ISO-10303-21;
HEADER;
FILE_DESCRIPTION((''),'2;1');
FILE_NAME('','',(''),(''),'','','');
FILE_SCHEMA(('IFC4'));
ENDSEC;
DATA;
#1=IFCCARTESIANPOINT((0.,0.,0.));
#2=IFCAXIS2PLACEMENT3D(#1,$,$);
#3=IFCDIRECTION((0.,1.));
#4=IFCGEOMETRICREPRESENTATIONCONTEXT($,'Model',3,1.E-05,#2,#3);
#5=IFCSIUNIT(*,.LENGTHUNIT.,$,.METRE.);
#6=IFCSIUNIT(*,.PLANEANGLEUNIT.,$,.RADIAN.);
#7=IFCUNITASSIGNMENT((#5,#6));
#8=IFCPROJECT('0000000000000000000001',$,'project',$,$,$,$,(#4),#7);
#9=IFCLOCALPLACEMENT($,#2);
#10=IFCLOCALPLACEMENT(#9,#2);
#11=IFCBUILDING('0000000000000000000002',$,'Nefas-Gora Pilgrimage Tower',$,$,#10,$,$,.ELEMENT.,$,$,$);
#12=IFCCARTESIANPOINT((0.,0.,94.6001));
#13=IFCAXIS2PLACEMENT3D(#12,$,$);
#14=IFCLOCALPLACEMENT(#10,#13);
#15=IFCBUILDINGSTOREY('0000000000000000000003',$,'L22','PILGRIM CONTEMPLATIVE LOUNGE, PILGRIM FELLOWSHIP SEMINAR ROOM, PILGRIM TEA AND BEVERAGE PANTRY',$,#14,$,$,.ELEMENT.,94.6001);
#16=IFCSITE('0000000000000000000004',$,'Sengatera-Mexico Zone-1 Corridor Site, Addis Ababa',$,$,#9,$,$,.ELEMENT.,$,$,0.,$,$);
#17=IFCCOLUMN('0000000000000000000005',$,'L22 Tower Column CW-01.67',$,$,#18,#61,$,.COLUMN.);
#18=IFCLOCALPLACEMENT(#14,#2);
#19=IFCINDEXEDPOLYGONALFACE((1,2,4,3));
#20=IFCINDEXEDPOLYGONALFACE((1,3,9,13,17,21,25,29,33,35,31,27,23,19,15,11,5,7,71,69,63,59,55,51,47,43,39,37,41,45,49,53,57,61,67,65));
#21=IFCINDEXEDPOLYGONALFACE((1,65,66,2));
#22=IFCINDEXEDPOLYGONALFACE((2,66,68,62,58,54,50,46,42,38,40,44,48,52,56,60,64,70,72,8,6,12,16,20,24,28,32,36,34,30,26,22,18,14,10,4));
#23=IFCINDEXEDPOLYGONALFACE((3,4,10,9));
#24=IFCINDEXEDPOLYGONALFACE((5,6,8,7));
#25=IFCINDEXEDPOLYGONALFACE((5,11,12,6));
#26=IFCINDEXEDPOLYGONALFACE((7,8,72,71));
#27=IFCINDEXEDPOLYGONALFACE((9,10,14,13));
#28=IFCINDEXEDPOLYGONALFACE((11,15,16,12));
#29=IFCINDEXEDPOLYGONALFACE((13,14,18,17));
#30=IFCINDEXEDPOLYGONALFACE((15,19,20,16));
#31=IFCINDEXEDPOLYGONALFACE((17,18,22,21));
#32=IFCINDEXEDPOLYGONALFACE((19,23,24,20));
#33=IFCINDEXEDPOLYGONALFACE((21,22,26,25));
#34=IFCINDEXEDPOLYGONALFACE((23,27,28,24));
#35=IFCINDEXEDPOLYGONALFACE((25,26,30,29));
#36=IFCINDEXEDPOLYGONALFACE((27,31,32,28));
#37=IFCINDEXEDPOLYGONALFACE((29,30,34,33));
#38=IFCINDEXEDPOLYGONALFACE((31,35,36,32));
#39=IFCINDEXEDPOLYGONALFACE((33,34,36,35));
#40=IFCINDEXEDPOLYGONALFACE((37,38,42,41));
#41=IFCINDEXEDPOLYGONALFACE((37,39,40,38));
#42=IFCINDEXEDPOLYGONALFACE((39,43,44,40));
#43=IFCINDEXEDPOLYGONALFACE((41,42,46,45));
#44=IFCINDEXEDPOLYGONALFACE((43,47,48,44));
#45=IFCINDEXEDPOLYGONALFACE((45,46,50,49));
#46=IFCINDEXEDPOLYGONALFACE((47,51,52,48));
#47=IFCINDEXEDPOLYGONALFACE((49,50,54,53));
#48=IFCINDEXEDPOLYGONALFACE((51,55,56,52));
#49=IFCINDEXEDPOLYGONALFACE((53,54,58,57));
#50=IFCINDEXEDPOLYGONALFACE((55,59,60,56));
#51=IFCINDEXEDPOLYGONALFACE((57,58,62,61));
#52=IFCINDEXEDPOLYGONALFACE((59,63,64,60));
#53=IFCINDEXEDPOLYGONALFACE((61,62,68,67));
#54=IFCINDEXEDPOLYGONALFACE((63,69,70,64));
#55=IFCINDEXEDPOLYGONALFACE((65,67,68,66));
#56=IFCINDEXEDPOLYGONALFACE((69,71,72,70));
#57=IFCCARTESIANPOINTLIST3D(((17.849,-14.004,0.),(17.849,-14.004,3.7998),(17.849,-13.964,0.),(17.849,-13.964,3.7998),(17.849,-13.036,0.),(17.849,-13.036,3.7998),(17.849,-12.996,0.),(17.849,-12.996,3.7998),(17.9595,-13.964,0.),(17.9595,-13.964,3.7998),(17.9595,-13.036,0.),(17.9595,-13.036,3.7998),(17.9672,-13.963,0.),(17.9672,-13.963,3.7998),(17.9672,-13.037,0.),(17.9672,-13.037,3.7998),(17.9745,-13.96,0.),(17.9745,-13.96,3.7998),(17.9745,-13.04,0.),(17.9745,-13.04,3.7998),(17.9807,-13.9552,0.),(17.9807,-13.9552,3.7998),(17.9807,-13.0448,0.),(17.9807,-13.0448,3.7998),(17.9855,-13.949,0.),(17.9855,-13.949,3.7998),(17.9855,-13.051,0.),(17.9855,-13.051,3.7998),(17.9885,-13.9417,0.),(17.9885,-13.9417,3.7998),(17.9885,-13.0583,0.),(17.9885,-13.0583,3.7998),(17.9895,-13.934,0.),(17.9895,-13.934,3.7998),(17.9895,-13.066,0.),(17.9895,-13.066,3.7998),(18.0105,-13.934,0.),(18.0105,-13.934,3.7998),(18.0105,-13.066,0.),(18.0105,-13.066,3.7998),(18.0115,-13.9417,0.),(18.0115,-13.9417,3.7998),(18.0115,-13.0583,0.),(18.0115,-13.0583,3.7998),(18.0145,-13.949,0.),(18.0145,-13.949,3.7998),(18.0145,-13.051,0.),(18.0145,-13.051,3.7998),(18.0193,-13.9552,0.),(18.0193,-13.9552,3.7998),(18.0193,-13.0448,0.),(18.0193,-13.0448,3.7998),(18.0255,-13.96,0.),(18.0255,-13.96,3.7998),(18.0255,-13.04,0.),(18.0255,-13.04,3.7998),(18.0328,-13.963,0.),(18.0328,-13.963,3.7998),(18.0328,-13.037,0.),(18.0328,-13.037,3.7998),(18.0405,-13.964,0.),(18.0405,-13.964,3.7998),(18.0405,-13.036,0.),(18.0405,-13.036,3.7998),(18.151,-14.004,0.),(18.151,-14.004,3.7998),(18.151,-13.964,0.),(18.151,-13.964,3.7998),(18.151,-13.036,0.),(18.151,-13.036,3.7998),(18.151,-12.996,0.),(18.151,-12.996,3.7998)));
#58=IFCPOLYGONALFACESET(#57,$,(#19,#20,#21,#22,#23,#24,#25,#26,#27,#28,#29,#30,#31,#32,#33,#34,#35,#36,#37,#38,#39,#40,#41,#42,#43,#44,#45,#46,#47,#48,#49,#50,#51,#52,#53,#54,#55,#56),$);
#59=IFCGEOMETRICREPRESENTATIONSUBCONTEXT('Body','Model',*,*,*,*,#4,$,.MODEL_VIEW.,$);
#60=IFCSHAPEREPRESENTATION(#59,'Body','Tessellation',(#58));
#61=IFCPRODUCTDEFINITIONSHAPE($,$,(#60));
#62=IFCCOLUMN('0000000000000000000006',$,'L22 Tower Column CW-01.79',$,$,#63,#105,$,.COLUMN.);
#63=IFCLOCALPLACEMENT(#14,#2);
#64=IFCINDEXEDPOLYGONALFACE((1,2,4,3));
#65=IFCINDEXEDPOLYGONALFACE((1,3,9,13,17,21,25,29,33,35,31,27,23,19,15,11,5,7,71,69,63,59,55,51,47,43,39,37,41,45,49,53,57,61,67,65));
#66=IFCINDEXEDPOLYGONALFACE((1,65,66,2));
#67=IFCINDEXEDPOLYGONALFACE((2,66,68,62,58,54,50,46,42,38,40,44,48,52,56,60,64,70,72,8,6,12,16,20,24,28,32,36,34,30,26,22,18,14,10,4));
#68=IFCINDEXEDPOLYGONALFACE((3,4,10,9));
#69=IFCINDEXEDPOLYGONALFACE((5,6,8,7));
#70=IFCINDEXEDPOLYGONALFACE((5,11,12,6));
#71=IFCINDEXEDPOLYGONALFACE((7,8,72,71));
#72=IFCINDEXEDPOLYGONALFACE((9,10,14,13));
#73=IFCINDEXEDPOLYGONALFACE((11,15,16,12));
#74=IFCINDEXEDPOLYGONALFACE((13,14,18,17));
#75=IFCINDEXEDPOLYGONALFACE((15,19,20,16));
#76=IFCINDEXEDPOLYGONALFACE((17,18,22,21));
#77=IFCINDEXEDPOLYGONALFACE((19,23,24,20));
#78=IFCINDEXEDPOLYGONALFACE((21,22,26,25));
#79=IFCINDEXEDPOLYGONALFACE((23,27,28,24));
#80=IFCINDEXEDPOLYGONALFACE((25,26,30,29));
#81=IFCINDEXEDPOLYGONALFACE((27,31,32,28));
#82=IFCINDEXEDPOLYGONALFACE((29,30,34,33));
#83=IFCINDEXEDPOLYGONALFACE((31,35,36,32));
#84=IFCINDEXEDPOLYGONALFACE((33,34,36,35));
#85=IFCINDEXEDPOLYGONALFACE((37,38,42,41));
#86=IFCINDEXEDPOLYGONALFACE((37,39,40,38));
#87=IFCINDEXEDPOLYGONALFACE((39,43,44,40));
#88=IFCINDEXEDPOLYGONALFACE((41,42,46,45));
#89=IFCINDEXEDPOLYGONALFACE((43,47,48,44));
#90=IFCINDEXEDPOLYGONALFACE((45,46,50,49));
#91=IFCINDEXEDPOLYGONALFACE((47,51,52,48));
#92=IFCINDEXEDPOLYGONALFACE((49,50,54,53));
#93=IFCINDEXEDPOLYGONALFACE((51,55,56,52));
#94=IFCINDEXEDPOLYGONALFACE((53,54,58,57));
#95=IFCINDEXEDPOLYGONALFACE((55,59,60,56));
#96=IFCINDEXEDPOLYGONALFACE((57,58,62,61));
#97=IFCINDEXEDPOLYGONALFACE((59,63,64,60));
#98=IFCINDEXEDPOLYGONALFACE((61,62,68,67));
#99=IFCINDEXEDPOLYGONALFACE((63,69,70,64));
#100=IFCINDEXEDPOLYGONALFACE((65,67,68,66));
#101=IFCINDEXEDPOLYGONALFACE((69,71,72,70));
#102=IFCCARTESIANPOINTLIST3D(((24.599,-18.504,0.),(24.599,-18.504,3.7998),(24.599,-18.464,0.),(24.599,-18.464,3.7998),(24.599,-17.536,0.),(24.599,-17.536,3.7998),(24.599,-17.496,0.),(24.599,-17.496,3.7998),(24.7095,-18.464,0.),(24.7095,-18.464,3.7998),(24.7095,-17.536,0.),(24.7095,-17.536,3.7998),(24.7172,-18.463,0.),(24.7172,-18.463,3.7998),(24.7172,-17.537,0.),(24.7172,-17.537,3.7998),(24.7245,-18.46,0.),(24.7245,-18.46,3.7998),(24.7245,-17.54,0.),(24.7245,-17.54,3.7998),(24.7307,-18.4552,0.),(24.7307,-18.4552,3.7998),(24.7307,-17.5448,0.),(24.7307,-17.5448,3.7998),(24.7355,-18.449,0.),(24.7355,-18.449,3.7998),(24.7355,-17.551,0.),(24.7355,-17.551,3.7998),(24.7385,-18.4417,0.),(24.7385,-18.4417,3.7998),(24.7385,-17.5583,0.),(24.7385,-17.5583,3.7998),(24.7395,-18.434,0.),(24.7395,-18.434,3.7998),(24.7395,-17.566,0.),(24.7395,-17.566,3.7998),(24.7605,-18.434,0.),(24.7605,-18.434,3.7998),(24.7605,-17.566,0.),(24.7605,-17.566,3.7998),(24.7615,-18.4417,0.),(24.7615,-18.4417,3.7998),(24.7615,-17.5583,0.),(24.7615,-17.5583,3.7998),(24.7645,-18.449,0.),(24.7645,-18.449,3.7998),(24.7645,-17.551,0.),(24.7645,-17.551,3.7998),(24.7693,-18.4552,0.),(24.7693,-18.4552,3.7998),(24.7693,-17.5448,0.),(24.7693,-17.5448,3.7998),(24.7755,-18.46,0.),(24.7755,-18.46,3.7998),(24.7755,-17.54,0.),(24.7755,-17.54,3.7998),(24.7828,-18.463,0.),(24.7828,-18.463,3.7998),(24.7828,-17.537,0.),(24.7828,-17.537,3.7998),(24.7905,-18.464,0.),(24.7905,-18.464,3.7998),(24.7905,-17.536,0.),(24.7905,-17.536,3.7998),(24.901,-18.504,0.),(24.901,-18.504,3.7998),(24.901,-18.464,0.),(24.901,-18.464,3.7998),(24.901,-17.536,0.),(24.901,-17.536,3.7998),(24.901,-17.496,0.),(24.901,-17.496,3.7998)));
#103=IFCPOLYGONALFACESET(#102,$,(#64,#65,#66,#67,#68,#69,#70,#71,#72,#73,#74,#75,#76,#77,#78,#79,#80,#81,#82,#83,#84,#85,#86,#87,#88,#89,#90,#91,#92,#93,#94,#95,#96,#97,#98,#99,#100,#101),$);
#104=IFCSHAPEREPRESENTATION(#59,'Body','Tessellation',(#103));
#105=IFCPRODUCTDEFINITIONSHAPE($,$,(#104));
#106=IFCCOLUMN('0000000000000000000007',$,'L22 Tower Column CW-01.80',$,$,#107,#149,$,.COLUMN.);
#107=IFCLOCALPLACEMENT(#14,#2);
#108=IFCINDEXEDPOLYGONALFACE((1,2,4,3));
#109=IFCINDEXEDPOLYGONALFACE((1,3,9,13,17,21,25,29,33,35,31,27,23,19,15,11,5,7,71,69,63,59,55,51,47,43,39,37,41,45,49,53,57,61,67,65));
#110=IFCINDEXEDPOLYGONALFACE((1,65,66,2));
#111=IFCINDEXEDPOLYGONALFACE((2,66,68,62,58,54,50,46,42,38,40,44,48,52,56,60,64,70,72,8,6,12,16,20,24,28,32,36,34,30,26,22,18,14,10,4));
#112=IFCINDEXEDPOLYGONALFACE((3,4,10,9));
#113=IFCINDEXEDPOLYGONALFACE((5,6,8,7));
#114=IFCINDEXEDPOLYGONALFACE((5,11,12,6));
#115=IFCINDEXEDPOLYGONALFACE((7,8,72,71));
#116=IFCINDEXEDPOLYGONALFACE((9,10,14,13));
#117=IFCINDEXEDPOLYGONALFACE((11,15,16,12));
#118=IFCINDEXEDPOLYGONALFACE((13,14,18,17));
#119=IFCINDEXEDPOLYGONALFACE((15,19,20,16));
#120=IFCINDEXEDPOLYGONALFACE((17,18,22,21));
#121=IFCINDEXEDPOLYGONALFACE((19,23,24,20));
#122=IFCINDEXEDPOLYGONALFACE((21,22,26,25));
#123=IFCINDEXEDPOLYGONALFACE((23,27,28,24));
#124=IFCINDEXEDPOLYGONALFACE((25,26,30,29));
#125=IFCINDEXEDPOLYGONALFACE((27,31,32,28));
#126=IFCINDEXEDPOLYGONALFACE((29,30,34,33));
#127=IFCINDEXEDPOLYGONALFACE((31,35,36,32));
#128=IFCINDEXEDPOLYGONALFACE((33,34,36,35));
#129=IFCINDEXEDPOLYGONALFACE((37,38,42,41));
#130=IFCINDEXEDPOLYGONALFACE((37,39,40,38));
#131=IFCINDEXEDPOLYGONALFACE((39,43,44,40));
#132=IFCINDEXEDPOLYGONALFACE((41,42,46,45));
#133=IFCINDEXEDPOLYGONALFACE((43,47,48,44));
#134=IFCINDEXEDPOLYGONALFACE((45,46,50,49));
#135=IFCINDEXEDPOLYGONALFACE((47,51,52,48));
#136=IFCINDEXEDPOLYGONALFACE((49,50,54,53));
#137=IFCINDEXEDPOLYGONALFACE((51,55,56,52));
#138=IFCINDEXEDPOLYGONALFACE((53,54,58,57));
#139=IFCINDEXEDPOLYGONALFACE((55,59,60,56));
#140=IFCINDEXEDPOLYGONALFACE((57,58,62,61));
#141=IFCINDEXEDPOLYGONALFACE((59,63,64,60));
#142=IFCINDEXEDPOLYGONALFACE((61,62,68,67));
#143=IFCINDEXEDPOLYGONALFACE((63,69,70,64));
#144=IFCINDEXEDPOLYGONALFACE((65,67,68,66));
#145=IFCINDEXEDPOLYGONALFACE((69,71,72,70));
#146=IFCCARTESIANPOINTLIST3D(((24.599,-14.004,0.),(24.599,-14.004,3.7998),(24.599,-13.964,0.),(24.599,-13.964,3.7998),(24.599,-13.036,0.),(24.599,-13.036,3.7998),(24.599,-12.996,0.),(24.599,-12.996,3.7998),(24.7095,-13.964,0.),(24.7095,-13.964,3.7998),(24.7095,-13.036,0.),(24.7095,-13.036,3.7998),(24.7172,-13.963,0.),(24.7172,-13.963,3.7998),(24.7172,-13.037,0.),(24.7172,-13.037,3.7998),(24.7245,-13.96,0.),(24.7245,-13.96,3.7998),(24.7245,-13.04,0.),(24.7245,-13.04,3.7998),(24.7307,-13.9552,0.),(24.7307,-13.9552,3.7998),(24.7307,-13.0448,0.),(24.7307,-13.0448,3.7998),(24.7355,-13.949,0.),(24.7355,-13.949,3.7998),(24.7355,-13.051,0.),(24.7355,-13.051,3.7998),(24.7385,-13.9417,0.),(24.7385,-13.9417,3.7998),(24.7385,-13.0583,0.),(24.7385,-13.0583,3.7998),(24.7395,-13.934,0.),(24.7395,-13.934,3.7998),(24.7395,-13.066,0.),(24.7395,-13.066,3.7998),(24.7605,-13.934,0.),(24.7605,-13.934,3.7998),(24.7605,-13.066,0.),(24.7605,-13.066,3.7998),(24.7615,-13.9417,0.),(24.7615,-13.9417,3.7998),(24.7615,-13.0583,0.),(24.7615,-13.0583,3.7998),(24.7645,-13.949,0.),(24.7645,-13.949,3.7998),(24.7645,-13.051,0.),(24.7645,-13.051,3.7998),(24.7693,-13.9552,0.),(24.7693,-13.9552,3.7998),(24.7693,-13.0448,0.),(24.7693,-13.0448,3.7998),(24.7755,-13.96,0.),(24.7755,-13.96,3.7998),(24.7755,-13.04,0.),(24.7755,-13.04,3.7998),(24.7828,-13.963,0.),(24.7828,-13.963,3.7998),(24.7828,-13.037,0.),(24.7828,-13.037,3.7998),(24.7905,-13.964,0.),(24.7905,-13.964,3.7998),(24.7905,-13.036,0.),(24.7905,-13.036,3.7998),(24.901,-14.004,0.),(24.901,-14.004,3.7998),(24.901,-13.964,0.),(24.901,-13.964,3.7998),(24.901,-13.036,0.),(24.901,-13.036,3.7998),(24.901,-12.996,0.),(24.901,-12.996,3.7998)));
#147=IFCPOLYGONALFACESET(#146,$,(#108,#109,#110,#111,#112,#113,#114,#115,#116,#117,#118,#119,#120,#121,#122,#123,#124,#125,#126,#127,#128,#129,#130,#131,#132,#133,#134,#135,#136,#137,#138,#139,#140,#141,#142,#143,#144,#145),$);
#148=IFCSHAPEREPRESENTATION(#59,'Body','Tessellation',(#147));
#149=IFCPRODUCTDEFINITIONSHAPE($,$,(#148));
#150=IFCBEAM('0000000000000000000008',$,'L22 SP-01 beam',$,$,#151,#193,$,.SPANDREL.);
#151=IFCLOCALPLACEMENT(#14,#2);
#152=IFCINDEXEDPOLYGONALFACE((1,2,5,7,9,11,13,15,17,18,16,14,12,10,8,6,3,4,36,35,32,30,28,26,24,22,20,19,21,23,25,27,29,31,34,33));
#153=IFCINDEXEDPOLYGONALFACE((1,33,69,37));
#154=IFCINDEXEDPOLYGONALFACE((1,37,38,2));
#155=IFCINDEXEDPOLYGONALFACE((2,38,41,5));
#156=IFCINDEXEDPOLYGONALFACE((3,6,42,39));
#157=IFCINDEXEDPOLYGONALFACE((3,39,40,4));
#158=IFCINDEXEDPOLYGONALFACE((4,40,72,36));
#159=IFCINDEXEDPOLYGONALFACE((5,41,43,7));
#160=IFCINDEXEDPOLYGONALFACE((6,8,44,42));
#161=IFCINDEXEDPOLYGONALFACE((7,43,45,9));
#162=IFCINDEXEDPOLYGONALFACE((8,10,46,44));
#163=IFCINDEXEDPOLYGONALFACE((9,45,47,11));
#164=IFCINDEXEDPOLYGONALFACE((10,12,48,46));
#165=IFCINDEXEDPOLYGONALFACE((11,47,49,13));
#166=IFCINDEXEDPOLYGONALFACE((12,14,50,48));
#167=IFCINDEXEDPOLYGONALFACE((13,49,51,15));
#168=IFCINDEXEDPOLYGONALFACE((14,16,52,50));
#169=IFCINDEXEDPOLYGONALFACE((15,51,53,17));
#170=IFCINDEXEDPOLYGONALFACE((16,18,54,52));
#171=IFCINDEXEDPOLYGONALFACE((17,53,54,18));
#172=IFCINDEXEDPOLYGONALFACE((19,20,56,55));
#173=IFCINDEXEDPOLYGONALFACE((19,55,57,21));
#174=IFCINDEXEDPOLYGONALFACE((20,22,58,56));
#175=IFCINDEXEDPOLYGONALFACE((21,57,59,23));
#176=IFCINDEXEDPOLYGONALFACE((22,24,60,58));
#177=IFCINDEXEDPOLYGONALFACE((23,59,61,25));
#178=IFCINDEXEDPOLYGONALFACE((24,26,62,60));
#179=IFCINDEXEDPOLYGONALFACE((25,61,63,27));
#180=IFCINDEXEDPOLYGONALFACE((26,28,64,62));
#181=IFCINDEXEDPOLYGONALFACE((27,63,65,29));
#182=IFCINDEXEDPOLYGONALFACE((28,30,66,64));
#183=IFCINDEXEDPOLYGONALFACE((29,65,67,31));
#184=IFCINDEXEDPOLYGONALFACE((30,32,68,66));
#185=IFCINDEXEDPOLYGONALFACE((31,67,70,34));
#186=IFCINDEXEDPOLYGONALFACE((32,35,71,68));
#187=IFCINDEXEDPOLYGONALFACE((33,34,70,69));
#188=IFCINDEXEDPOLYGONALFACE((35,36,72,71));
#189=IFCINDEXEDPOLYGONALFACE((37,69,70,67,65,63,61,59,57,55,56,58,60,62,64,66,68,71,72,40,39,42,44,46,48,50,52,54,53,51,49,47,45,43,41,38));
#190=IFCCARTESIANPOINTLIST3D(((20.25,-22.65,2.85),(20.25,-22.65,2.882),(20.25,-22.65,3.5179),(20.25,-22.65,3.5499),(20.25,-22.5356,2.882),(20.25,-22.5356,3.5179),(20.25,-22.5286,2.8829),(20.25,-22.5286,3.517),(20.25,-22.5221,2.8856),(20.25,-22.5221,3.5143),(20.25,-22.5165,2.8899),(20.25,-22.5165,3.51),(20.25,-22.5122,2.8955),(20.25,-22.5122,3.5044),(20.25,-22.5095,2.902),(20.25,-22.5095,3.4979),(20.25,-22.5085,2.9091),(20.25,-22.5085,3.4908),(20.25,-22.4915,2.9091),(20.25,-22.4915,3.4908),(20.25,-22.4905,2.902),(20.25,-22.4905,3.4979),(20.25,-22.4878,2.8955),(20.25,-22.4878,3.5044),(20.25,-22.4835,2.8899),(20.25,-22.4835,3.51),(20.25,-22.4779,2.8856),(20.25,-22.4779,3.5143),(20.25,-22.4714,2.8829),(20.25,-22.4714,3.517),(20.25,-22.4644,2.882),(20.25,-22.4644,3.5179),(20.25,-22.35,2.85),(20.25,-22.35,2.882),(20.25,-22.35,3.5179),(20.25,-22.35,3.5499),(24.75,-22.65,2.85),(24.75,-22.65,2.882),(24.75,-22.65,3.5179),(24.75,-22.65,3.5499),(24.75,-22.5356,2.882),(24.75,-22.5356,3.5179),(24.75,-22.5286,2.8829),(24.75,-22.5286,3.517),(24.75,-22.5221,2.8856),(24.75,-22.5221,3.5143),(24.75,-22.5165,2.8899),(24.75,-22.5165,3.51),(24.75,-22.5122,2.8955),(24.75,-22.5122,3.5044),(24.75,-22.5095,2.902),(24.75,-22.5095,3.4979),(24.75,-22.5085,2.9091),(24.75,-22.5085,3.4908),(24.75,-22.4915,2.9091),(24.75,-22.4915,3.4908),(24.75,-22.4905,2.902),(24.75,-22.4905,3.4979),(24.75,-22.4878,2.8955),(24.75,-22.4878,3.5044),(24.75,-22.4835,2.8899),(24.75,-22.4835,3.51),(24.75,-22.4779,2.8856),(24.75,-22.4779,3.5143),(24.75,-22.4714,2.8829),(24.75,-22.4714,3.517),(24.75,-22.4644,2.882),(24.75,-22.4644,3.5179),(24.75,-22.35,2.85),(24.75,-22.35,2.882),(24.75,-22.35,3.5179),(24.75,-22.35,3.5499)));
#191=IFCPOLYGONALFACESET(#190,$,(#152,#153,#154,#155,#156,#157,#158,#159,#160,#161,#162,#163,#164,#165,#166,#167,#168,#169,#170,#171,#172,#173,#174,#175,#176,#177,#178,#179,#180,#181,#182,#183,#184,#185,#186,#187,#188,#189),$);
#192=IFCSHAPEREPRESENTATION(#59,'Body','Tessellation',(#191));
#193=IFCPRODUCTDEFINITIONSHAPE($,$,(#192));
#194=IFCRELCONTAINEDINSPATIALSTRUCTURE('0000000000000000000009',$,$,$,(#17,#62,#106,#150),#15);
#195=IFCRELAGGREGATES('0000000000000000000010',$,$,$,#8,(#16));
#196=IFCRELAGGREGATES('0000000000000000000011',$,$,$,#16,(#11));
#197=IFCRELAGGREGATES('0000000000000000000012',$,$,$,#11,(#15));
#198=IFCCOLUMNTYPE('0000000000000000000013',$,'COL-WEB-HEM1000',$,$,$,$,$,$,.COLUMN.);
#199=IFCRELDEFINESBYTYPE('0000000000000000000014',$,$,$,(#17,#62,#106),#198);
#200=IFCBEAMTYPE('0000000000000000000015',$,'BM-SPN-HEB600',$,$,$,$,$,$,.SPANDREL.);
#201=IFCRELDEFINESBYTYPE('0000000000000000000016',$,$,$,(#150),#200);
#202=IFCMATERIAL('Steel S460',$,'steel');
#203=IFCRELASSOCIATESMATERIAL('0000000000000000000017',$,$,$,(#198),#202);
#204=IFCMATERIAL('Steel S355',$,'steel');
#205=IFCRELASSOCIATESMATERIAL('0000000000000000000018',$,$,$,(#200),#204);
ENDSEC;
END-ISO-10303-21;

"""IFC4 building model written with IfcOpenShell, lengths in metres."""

from ifc_helpers import new_model, si_unit, direction, frame, origin, origin_2d, place, context, subcontext, project, spatial, i_section, extrude, source, transform, mapped, material, material_profile, profile_set, type_object, element, save


model = new_model("IFC4")

# Units and contexts
model_context = context("Model", 3, precision=1e-05, world=origin(), true_north=direction((0.0, 1.0)))
body_context = subcontext(model_context, "Body", "Model", "MODEL_VIEW")
ifc_project = project(units=[si_unit("LENGTHUNIT", "METRE"), si_unit("PLANEANGLEUNIT", "RADIAN")], contexts=[model_context])

# Site, building, storey
site_placement = place(None, origin())
site = spatial("IfcSite", under=ifc_project, at=site_placement, Name="Sengatera-Mexico Zone-1 Corridor Site, Addis Ababa", CompositionType="ELEMENT", RefElevation=0.0)
building_placement = place(site_placement, origin())
building = spatial("IfcBuilding", under=site, at=building_placement, Name="Nefas-Gora Pilgrimage Tower", CompositionType="ELEMENT")
storey_placement = place(building_placement, frame((0.0, 0.0, 94.6001)))
storey = spatial("IfcBuildingStorey", under=building, at=storey_placement, Name="L22", Description="PILGRIM CONTEMPLATIVE LOUNGE, PILGRIM FELLOWSHIP SEMINAR ROOM, PILGRIM TEA AND BEVERAGE PANTRY", CompositionType="ELEMENT", Elevation=94.6001)

# Columns
ifc_material_1 = material(Name="Steel S460", Category="steel")
ifc_material_profile_1 = material_profile(ifc_material_1, i_section(OverallWidth=0.302, OverallDepth=1.0081, WebThickness=0.021, FlangeThickness=0.04, FilletRadius=0.03, at=origin_2d()), Name="HEM 1000")
ifc_profile_set_1 = profile_set([ifc_material_profile_1], Name="Steel S460")
column_type_1 = type_object("IfcColumnType", Name="COL-WEB-HEM1000", PredefinedType="COLUMN", material=ifc_profile_set_1)
shared_shape_1 = source(origin(), body_context, "Body", "SweptSolid", [
    extrude(i_section(OverallWidth=0.302, OverallDepth=1.0081, WebThickness=0.021, FlangeThickness=0.04, FilletRadius=0.03, at=origin_2d()), origin(), (0.0, 0.0, 1.0), 3.7998),
])
for number, where, z_axis, x_axis, name in (
    (1, (18.0, -13.5, 0.0), (0.0, 0.0, 1.0), (1.0, 0.0, 0.0), "L22 Tower Column CW-01.67"),
    (2, (24.75, -18.0, 0.0), (0.0, 0.0, 1.0), (1.0, 0.0, 0.0), "L22 Tower Column CW-01.79"),
    (3, (24.75, -13.5, 0.0), (0.0, 0.0, 1.0), (1.0, 0.0, 0.0), "L22 Tower Column CW-01.80"),
):
    element("IfcColumn", number, at=place(storey_placement, frame(where, z_axis=z_axis, x_axis=x_axis)), inside=storey, type_object=column_type_1, Name=name, PredefinedType="COLUMN", context=body_context, shape_type="MappedRepresentation", body=[
        mapped(shared_shape_1, transform((0.0, 0.0, 0.0), x_axis=(1.0, 0.0, 0.0), y_axis=(0.0, 1.0, 0.0), z_axis=(0.0, 0.0, 1.0), scale=1.0)),
    ])

# Beam
ifc_material_2 = material(Name="Steel S355", Category="steel")
ifc_material_profile_2 = material_profile(ifc_material_2, i_section(OverallWidth=0.3, OverallDepth=0.7, WebThickness=0.0171, FlangeThickness=0.032, FilletRadius=0.0271, at=origin_2d()), Name="HEB 700")
ifc_profile_set_2 = profile_set([ifc_material_profile_2], Name="Steel S355")
beam_type_1 = type_object("IfcBeamType", Name="BM-SPN-HEB600", PredefinedType="SPANDREL", material=ifc_profile_set_2)
shared_shape_2 = source(origin(), body_context, "Body", "SweptSolid", [
    extrude(i_section(OverallWidth=0.3, OverallDepth=0.7, WebThickness=0.0171, FlangeThickness=0.032, FilletRadius=0.0271, at=origin_2d()), origin(), (0.0, 0.0, 1.0), 4.5),
])
beam_1_placement = place(storey_placement, frame((20.25, -22.5, 3.2), z_axis=(1.0, 0.0, 0.0), x_axis=(0.0, 1.0, 0.0)))
element("IfcBeam", 4, at=beam_1_placement, inside=storey, type_object=beam_type_1, Name="L22 SP-01 beam", PredefinedType="SPANDREL", context=body_context, shape_type="MappedRepresentation", body=[
    mapped(shared_shape_2, transform((0.0, 0.0, 0.0), x_axis=(1.0, 0.0, 0.0), y_axis=(0.0, 1.0, 0.0), z_axis=(0.0, 0.0, 1.0), scale=1.0)),
])

save(model, "model.ifc")
